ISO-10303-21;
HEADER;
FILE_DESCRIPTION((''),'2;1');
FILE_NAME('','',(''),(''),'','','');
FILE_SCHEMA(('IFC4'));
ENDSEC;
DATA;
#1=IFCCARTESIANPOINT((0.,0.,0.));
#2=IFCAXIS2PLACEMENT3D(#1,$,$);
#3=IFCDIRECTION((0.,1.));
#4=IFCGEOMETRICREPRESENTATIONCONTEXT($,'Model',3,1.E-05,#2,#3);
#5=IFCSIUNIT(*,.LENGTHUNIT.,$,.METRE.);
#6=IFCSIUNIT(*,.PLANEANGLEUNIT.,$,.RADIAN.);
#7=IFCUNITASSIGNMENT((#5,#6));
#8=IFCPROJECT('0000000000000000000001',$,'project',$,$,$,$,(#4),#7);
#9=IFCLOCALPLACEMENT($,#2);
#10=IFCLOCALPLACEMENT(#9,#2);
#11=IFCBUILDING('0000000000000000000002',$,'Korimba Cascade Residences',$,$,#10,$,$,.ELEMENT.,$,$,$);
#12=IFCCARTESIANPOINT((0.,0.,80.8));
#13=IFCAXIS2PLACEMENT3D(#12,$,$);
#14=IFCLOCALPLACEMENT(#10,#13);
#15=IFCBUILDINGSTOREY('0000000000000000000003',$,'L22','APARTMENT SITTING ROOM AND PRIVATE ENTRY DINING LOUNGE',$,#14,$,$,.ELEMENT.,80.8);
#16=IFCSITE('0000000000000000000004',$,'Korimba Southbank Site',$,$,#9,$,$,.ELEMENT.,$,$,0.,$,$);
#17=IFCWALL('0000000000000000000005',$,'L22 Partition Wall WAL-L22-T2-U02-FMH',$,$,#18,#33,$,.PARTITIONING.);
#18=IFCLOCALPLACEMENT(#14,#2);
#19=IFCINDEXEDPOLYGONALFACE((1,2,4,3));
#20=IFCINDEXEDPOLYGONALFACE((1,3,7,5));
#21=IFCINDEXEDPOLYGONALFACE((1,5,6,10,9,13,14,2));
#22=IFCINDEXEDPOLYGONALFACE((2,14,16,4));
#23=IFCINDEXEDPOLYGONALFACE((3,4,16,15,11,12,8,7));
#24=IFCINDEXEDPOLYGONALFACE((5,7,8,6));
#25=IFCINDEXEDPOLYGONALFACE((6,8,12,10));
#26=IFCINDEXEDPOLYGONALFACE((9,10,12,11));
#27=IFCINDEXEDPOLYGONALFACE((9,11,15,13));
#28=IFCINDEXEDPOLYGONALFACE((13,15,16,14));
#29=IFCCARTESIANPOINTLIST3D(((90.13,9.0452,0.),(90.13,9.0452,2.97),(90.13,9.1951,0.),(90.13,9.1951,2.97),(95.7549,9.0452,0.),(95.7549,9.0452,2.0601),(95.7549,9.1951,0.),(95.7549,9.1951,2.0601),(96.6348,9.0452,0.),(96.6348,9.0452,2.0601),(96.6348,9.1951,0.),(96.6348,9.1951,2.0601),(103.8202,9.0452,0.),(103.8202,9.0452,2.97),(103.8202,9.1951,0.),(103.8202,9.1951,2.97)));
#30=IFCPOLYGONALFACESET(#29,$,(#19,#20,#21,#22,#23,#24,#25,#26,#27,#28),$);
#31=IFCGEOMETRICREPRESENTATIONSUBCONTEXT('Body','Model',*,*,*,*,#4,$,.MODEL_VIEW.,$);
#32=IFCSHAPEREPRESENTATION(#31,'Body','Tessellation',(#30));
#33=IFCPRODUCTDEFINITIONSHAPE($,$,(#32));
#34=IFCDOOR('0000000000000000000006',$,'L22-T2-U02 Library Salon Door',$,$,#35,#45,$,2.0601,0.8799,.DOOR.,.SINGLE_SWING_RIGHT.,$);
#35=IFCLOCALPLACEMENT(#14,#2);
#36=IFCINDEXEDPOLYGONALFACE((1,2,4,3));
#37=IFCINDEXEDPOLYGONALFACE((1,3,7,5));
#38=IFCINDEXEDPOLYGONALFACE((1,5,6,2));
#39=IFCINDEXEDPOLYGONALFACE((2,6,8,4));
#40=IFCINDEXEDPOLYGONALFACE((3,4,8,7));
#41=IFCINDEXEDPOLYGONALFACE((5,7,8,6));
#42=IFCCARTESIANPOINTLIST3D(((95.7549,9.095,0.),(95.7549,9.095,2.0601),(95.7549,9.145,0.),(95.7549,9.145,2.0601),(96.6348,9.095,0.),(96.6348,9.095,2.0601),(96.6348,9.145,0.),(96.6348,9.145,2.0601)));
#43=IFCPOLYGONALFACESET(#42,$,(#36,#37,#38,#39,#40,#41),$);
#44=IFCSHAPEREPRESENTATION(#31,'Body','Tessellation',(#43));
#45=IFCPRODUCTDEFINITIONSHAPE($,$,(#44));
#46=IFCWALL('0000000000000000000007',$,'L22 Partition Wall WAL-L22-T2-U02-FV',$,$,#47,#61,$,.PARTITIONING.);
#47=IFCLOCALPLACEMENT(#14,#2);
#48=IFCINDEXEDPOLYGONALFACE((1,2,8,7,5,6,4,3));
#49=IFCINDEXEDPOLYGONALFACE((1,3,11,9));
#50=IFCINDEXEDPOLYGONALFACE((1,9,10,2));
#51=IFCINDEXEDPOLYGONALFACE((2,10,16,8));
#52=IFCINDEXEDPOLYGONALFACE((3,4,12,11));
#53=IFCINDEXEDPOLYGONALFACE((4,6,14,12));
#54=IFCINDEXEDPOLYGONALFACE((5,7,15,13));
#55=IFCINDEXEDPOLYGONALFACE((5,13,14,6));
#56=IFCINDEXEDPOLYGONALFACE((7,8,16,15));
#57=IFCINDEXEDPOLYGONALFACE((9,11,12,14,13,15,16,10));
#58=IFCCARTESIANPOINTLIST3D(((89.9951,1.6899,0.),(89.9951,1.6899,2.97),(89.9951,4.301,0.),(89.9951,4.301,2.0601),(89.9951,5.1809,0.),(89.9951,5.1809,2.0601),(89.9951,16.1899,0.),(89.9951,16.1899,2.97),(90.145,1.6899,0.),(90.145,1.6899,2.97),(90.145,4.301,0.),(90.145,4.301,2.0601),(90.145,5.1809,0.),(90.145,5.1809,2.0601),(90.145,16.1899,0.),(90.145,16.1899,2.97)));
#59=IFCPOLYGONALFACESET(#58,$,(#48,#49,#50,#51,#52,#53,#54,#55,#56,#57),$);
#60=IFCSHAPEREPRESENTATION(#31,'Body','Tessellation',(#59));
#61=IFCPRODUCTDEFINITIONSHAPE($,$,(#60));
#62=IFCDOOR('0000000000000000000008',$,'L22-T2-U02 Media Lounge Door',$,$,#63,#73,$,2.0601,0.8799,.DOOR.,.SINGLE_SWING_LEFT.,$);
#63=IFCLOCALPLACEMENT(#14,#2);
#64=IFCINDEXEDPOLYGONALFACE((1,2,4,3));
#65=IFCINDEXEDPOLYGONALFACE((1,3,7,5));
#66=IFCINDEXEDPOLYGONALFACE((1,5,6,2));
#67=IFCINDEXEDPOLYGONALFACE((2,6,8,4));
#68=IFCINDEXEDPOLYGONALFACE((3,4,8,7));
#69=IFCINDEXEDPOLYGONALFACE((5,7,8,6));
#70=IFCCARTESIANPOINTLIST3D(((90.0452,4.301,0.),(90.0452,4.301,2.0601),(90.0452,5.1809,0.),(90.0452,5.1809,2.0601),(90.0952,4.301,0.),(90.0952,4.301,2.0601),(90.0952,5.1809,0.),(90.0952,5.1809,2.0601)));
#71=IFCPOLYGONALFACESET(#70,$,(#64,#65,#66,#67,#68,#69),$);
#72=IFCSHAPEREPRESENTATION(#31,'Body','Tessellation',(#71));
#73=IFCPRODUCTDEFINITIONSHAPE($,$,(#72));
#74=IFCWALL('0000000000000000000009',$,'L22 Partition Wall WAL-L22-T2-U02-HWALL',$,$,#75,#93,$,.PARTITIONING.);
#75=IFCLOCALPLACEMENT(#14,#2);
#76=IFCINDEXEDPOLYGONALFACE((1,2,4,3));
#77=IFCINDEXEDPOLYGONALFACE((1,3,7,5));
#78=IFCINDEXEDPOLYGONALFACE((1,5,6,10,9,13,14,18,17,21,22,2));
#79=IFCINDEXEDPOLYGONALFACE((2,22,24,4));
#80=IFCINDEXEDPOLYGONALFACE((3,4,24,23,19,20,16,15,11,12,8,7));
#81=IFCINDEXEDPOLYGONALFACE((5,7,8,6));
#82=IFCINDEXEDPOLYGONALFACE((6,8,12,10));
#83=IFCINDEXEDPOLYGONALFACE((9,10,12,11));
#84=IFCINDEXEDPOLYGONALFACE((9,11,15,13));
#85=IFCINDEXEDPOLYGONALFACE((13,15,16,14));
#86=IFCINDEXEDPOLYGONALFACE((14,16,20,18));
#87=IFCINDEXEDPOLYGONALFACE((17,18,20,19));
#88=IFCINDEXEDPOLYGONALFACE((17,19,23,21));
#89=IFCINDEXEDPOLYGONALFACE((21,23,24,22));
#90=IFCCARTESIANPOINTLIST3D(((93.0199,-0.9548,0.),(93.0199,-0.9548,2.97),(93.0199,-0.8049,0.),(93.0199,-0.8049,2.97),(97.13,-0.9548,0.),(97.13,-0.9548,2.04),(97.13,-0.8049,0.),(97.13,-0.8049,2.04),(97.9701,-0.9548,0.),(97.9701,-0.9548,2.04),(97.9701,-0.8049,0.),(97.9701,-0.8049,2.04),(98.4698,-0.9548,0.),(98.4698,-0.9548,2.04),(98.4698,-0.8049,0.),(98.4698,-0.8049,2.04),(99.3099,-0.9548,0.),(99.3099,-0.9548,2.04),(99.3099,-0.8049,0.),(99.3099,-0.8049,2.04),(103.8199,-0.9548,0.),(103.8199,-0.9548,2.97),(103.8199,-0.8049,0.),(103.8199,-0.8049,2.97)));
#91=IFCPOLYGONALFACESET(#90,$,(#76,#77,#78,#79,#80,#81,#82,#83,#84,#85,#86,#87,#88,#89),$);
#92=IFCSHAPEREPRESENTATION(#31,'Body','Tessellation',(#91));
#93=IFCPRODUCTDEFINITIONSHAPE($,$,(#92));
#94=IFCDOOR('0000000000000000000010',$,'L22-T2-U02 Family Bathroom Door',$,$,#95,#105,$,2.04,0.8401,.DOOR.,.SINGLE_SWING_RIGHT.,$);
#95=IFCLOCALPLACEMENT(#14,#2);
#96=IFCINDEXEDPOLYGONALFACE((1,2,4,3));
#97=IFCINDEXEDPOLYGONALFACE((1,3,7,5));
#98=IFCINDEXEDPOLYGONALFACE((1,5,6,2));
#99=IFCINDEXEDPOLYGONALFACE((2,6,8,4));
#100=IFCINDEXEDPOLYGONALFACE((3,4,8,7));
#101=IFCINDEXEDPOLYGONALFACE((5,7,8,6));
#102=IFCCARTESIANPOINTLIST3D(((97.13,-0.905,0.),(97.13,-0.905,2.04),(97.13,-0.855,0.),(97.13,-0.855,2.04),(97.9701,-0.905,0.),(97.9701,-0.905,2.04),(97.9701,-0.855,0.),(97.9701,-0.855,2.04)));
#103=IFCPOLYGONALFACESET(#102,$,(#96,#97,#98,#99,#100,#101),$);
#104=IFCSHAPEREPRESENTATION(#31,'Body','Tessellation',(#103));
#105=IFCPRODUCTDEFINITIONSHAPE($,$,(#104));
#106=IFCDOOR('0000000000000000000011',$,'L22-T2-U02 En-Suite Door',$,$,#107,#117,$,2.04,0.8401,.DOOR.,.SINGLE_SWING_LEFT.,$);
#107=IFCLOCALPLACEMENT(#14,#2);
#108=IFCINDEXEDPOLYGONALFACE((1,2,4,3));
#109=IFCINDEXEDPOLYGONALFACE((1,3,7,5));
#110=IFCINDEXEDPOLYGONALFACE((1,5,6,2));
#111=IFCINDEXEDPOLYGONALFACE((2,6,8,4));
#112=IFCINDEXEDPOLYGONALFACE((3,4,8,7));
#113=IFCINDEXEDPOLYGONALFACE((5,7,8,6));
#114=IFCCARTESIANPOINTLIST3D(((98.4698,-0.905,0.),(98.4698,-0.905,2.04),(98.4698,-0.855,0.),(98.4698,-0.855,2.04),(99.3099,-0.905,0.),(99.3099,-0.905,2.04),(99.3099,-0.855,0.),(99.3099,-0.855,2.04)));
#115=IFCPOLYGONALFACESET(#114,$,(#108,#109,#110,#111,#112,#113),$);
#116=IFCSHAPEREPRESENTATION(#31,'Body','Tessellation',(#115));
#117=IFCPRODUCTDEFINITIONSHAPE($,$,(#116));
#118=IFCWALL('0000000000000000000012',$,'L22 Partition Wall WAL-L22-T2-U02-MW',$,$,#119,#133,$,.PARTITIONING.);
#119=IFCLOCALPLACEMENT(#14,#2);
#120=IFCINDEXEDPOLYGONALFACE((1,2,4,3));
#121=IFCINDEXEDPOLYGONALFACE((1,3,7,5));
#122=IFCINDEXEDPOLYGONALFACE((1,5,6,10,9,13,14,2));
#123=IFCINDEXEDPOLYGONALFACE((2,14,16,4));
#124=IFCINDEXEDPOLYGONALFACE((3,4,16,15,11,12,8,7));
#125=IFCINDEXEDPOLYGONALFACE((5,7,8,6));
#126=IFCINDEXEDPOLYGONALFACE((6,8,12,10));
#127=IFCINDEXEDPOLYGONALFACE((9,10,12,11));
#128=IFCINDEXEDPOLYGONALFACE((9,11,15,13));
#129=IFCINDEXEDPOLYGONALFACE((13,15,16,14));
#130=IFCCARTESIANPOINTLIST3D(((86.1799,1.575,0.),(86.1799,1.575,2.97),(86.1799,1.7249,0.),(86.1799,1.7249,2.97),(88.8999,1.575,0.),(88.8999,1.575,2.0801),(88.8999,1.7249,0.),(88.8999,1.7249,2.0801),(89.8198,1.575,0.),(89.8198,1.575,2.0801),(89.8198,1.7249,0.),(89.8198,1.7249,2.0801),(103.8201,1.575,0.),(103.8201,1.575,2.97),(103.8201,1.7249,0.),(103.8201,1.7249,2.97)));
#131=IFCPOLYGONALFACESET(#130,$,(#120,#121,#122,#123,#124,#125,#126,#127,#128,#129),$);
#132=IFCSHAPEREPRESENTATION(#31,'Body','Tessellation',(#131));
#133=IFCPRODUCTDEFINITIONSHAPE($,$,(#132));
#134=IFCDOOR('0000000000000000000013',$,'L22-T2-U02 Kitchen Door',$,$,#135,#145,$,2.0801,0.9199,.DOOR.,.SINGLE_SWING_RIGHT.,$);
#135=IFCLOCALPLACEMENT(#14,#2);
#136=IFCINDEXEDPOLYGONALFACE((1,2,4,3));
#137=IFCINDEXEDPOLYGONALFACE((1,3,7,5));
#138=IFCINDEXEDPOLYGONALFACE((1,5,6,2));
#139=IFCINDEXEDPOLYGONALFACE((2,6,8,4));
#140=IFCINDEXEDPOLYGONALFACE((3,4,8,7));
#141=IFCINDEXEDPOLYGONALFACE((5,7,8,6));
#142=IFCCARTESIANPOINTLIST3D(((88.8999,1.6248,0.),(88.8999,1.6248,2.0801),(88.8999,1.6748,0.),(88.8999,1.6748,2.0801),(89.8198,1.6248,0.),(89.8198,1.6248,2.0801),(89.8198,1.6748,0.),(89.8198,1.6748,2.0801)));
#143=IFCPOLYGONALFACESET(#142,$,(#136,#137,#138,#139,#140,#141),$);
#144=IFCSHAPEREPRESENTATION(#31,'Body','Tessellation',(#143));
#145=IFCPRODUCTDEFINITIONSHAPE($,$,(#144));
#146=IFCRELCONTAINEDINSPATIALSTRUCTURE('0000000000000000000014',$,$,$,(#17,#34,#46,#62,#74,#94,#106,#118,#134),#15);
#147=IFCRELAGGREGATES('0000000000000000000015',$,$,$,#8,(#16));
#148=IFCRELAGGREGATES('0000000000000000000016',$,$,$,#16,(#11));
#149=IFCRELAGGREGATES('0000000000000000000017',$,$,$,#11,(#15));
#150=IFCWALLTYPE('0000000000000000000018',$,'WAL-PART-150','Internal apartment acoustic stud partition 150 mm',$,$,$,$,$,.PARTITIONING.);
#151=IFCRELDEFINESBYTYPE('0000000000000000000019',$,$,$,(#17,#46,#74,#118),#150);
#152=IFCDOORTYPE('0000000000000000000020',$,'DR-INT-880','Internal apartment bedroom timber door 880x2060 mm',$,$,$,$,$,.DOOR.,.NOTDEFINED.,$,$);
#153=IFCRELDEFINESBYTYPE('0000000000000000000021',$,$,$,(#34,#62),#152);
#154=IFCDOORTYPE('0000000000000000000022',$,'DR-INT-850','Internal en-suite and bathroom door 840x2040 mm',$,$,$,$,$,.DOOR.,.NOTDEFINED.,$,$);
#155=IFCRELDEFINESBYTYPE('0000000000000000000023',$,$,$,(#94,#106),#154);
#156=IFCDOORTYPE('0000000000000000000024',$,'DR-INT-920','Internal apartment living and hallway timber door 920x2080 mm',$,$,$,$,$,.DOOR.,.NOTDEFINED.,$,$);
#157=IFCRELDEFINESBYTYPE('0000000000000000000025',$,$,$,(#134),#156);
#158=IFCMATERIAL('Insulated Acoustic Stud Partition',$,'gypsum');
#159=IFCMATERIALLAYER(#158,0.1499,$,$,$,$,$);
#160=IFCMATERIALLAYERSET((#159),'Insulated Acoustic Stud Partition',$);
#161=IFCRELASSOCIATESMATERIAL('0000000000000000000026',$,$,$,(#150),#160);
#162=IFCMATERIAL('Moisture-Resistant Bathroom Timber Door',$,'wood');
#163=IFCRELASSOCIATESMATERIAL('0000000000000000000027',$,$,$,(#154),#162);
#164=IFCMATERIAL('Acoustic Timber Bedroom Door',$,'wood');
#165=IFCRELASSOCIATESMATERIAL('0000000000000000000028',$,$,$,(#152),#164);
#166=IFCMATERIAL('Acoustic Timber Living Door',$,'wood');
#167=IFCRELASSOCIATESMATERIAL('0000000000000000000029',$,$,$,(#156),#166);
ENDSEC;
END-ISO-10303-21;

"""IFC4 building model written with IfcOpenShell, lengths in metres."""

from ifc_helpers import new_model, si_unit, direction, frame, frame_2d, origin, place, context, subcontext, project, spatial, rectangle, extrude, material, layer, layer_set, type_object, element, fill, save


model = new_model("IFC4")

# Units and contexts
model_context = context("Model", 3, precision=1e-05, world=origin(), true_north=direction((0.0, 1.0)))
body_context = subcontext(model_context, "Body", "Model", "MODEL_VIEW")
ifc_project = project(units=[si_unit("LENGTHUNIT", "METRE"), si_unit("PLANEANGLEUNIT", "RADIAN")], contexts=[model_context])

# Site, building, storey
site_placement = place(None, origin())
site = spatial("IfcSite", under=ifc_project, at=site_placement, Name="Korimba Southbank Site", CompositionType="ELEMENT", RefElevation=0.0)
building_placement = place(site_placement, origin())
building = spatial("IfcBuilding", under=site, at=building_placement, Name="Korimba Cascade Residences", CompositionType="ELEMENT")
storey_placement = place(building_placement, frame((0.0, 0.0, 80.8)))
storey = spatial("IfcBuildingStorey", under=building, at=storey_placement, Name="L22", Description="APARTMENT SITTING ROOM AND PRIVATE ENTRY DINING LOUNGE", CompositionType="ELEMENT", Elevation=80.8)

# Walls, openings, doors
ifc_material_1 = material(Name="Insulated Acoustic Stud Partition", Category="gypsum")
ifc_layer_1 = layer(ifc_material_1, 0.1499)
ifc_layer_set_1 = layer_set([ifc_layer_1], Name="Insulated Acoustic Stud Partition")
wall_type_1 = type_object("IfcWallType", Name="WAL-PART-150", Description="Internal apartment acoustic stud partition 150 mm", PredefinedType="PARTITIONING", material=ifc_layer_set_1)
ifc_material_2 = material(Name="Moisture-Resistant Bathroom Timber Door", Category="wood")
door_type_1 = type_object("IfcDoorType", Name="DR-INT-850", Description="Internal en-suite and bathroom door 840x2040 mm", OperationType="NOTDEFINED", PredefinedType="DOOR", material=ifc_material_2)
wall_1_placement = place(storey_placement, frame((90.1299, 9.1201, 0.0), z_axis=(0.0, 0.0, 1.0), x_axis=(1.0, 0.0, 0.0)))
wall_1 = element("IfcWall", 1, at=wall_1_placement, inside=storey, type_object=wall_type_1, Name="L22 Partition Wall WAL-L22-T2-U02-FMH", PredefinedType="PARTITIONING", context=body_context, shape_type="SweptSolid", body=[
    extrude(rectangle(XDim=13.6902, YDim=0.1499, at=frame_2d((6.8452, 0.0))), origin(), (0.0, 0.0, 1.0), 2.97),
])
opening_1_placement = place(wall_1_placement, frame((5.625, 0.0, 0.0)))
opening_1 = element("IfcOpeningElement", 2, at=opening_1_placement, cuts=wall_1, PredefinedType="OPENING", context=body_context, shape_type="SweptSolid", body=[
    extrude(rectangle(XDim=0.8799, YDim=2.0601, at=frame_2d((0.4399, 1.03))), frame((0.0, 0.085, 0.0), z_axis=(0.0, -1.0, 0.0), x_axis=(1.0, 0.0, 0.0)), (0.0, 0.0, 1.0), 0.1699),
])
ifc_material_3 = material(Name="Acoustic Timber Bedroom Door", Category="wood")
door_type_2 = type_object("IfcDoorType", Name="DR-INT-880", Description="Internal apartment bedroom timber door 880x2060 mm", OperationType="NOTDEFINED", PredefinedType="DOOR", material=ifc_material_3)
door_1_placement = place(opening_1_placement, origin())
door_1 = element("IfcDoor", 3, at=door_1_placement, inside=storey, type_object=door_type_2, Name="L22-T2-U02 Library Salon Door", OperationType="SINGLE_SWING_RIGHT", OverallHeight=2.0601, OverallWidth=0.8799, PredefinedType="DOOR", context=body_context, shape_type="SweptSolid", body=[
    extrude(rectangle(XDim=0.8799, YDim=2.0601, at=frame_2d((0.4399, 1.03))), frame((0.0, 0.0249, 0.0), z_axis=(0.0, -1.0, 0.0), x_axis=(1.0, 0.0, 0.0)), (0.0, 0.0, 1.0), 0.05),
])
fill(opening_1, door_1)
wall_2_placement = place(storey_placement, frame((90.0701, 1.6899, 0.0), z_axis=(0.0, 0.0, 1.0), x_axis=(0.0, 1.0, 0.0)))
wall_2 = element("IfcWall", 4, at=wall_2_placement, inside=storey, type_object=wall_type_1, Name="L22 Partition Wall WAL-L22-T2-U02-FV", PredefinedType="PARTITIONING", context=body_context, shape_type="SweptSolid", body=[
    extrude(rectangle(XDim=14.5, YDim=0.1499, at=frame_2d((7.25, 0.0))), origin(), (0.0, 0.0, 1.0), 2.97),
])
opening_2_placement = place(wall_2_placement, frame((2.6111, 0.0, 0.0)))
opening_2 = element("IfcOpeningElement", 5, at=opening_2_placement, cuts=wall_2, PredefinedType="OPENING", context=body_context, shape_type="SweptSolid", body=[
    extrude(rectangle(XDim=0.8799, YDim=2.0601, at=frame_2d((0.4399, 1.03))), frame((0.0, 0.085, 0.0), z_axis=(0.0, -1.0, 0.0), x_axis=(1.0, 0.0, 0.0)), (0.0, 0.0, 1.0), 0.1699),
])
door_2_placement = place(opening_2_placement, origin())
door_2 = element("IfcDoor", 6, at=door_2_placement, inside=storey, type_object=door_type_2, Name="L22-T2-U02 Media Lounge Door", OperationType="SINGLE_SWING_LEFT", OverallHeight=2.0601, OverallWidth=0.8799, PredefinedType="DOOR", context=body_context, shape_type="SweptSolid", body=[
    extrude(rectangle(XDim=0.8799, YDim=2.0601, at=frame_2d((0.4399, 1.03))), frame((0.0, 0.0249, 0.0), z_axis=(0.0, -1.0, 0.0), x_axis=(1.0, 0.0, 0.0)), (0.0, 0.0, 1.0), 0.05),
])
fill(opening_2, door_2)

# Wall, openings, doors
wall_3_placement = place(storey_placement, frame((93.02, -0.8799, 0.0), z_axis=(0.0, 0.0, 1.0), x_axis=(1.0, 0.0, 0.0)))
wall_3 = element("IfcWall", 7, at=wall_3_placement, inside=storey, type_object=wall_type_1, Name="L22 Partition Wall WAL-L22-T2-U02-HWALL", PredefinedType="PARTITIONING", context=body_context, shape_type="SweptSolid", body=[
    extrude(rectangle(XDim=10.8, YDim=0.1499, at=frame_2d((5.3999, 0.0))), origin(), (0.0, 0.0, 1.0), 2.97),
])
opening_3_placement = place(wall_3_placement, frame((4.1101, 0.0, 0.0)))
opening_3 = element("IfcOpeningElement", 8, at=opening_3_placement, cuts=wall_3, PredefinedType="OPENING", context=body_context, shape_type="SweptSolid", body=[
    extrude(rectangle(XDim=0.8401, YDim=2.04, at=frame_2d((0.4199, 1.02))), frame((0.0, 0.085, 0.0), z_axis=(0.0, -1.0, 0.0), x_axis=(1.0, 0.0, 0.0)), (0.0, 0.0, 1.0), 0.1699),
])
opening_4_placement = place(wall_3_placement, frame((5.45, 0.0, 0.0)))
opening_4 = element("IfcOpeningElement", 9, at=opening_4_placement, cuts=wall_3, PredefinedType="OPENING", context=body_context, shape_type="SweptSolid", body=[
    extrude(rectangle(XDim=0.8401, YDim=2.04, at=frame_2d((0.4199, 1.02))), frame((0.0, 0.085, 0.0), z_axis=(0.0, -1.0, 0.0), x_axis=(1.0, 0.0, 0.0)), (0.0, 0.0, 1.0), 0.1699),
])
door_3_placement = place(opening_3_placement, origin())
door_3 = element("IfcDoor", 10, at=door_3_placement, inside=storey, type_object=door_type_1, Name="L22-T2-U02 Family Bathroom Door", OperationType="SINGLE_SWING_RIGHT", OverallHeight=2.04, OverallWidth=0.8401, PredefinedType="DOOR", context=body_context, shape_type="SweptSolid", body=[
    extrude(rectangle(XDim=0.8401, YDim=2.04, at=frame_2d((0.4199, 1.02))), frame((0.0, 0.0249, 0.0), z_axis=(0.0, -1.0, 0.0), x_axis=(1.0, 0.0, 0.0)), (0.0, 0.0, 1.0), 0.05),
])
fill(opening_3, door_3)
door_4_placement = place(opening_4_placement, origin())
door_4 = element("IfcDoor", 11, at=door_4_placement, inside=storey, type_object=door_type_1, Name="L22-T2-U02 En-Suite Door", OperationType="SINGLE_SWING_LEFT", OverallHeight=2.04, OverallWidth=0.8401, PredefinedType="DOOR", context=body_context, shape_type="SweptSolid", body=[
    extrude(rectangle(XDim=0.8401, YDim=2.04, at=frame_2d((0.4199, 1.02))), frame((0.0, 0.0249, 0.0), z_axis=(0.0, -1.0, 0.0), x_axis=(1.0, 0.0, 0.0)), (0.0, 0.0, 1.0), 0.05),
])
fill(opening_4, door_4)

# Wall, opening, door
wall_4_placement = place(storey_placement, frame((86.1799, 1.6499, 0.0), z_axis=(0.0, 0.0, 1.0), x_axis=(1.0, 0.0, 0.0)))
wall_4 = element("IfcWall", 12, at=wall_4_placement, inside=storey, type_object=wall_type_1, Name="L22 Partition Wall WAL-L22-T2-U02-MW", PredefinedType="PARTITIONING", context=body_context, shape_type="SweptSolid", body=[
    extrude(rectangle(XDim=17.6401, YDim=0.1499, at=frame_2d((8.8201, 0.0))), origin(), (0.0, 0.0, 1.0), 2.97),
])
opening_5_placement = place(wall_4_placement, frame((2.72, 0.0, 0.0)))
opening_5 = element("IfcOpeningElement", 13, at=opening_5_placement, cuts=wall_4, PredefinedType="OPENING", context=body_context, shape_type="SweptSolid", body=[
    extrude(rectangle(XDim=0.9199, YDim=2.0801, at=frame_2d((0.46, 1.04))), frame((0.0, 0.085, 0.0), z_axis=(0.0, -1.0, 0.0), x_axis=(1.0, 0.0, 0.0)), (0.0, 0.0, 1.0), 0.1699),
])
ifc_material_4 = material(Name="Acoustic Timber Living Door", Category="wood")
door_type_3 = type_object("IfcDoorType", Name="DR-INT-920", Description="Internal apartment living and hallway timber door 920x2080 mm", OperationType="NOTDEFINED", PredefinedType="DOOR", material=ifc_material_4)
door_5_placement = place(opening_5_placement, origin())
door_5 = element("IfcDoor", 14, at=door_5_placement, inside=storey, type_object=door_type_3, Name="L22-T2-U02 Kitchen Door", OperationType="SINGLE_SWING_RIGHT", OverallHeight=2.0801, OverallWidth=0.9199, PredefinedType="DOOR", context=body_context, shape_type="SweptSolid", body=[
    extrude(rectangle(XDim=0.9199, YDim=2.0801, at=frame_2d((0.46, 1.04))), frame((0.0, 0.0249, 0.0), z_axis=(0.0, -1.0, 0.0), x_axis=(1.0, 0.0, 0.0)), (0.0, 0.0, 1.0), 0.05),
])
fill(opening_5, door_5)

save(model, "model.ifc")
